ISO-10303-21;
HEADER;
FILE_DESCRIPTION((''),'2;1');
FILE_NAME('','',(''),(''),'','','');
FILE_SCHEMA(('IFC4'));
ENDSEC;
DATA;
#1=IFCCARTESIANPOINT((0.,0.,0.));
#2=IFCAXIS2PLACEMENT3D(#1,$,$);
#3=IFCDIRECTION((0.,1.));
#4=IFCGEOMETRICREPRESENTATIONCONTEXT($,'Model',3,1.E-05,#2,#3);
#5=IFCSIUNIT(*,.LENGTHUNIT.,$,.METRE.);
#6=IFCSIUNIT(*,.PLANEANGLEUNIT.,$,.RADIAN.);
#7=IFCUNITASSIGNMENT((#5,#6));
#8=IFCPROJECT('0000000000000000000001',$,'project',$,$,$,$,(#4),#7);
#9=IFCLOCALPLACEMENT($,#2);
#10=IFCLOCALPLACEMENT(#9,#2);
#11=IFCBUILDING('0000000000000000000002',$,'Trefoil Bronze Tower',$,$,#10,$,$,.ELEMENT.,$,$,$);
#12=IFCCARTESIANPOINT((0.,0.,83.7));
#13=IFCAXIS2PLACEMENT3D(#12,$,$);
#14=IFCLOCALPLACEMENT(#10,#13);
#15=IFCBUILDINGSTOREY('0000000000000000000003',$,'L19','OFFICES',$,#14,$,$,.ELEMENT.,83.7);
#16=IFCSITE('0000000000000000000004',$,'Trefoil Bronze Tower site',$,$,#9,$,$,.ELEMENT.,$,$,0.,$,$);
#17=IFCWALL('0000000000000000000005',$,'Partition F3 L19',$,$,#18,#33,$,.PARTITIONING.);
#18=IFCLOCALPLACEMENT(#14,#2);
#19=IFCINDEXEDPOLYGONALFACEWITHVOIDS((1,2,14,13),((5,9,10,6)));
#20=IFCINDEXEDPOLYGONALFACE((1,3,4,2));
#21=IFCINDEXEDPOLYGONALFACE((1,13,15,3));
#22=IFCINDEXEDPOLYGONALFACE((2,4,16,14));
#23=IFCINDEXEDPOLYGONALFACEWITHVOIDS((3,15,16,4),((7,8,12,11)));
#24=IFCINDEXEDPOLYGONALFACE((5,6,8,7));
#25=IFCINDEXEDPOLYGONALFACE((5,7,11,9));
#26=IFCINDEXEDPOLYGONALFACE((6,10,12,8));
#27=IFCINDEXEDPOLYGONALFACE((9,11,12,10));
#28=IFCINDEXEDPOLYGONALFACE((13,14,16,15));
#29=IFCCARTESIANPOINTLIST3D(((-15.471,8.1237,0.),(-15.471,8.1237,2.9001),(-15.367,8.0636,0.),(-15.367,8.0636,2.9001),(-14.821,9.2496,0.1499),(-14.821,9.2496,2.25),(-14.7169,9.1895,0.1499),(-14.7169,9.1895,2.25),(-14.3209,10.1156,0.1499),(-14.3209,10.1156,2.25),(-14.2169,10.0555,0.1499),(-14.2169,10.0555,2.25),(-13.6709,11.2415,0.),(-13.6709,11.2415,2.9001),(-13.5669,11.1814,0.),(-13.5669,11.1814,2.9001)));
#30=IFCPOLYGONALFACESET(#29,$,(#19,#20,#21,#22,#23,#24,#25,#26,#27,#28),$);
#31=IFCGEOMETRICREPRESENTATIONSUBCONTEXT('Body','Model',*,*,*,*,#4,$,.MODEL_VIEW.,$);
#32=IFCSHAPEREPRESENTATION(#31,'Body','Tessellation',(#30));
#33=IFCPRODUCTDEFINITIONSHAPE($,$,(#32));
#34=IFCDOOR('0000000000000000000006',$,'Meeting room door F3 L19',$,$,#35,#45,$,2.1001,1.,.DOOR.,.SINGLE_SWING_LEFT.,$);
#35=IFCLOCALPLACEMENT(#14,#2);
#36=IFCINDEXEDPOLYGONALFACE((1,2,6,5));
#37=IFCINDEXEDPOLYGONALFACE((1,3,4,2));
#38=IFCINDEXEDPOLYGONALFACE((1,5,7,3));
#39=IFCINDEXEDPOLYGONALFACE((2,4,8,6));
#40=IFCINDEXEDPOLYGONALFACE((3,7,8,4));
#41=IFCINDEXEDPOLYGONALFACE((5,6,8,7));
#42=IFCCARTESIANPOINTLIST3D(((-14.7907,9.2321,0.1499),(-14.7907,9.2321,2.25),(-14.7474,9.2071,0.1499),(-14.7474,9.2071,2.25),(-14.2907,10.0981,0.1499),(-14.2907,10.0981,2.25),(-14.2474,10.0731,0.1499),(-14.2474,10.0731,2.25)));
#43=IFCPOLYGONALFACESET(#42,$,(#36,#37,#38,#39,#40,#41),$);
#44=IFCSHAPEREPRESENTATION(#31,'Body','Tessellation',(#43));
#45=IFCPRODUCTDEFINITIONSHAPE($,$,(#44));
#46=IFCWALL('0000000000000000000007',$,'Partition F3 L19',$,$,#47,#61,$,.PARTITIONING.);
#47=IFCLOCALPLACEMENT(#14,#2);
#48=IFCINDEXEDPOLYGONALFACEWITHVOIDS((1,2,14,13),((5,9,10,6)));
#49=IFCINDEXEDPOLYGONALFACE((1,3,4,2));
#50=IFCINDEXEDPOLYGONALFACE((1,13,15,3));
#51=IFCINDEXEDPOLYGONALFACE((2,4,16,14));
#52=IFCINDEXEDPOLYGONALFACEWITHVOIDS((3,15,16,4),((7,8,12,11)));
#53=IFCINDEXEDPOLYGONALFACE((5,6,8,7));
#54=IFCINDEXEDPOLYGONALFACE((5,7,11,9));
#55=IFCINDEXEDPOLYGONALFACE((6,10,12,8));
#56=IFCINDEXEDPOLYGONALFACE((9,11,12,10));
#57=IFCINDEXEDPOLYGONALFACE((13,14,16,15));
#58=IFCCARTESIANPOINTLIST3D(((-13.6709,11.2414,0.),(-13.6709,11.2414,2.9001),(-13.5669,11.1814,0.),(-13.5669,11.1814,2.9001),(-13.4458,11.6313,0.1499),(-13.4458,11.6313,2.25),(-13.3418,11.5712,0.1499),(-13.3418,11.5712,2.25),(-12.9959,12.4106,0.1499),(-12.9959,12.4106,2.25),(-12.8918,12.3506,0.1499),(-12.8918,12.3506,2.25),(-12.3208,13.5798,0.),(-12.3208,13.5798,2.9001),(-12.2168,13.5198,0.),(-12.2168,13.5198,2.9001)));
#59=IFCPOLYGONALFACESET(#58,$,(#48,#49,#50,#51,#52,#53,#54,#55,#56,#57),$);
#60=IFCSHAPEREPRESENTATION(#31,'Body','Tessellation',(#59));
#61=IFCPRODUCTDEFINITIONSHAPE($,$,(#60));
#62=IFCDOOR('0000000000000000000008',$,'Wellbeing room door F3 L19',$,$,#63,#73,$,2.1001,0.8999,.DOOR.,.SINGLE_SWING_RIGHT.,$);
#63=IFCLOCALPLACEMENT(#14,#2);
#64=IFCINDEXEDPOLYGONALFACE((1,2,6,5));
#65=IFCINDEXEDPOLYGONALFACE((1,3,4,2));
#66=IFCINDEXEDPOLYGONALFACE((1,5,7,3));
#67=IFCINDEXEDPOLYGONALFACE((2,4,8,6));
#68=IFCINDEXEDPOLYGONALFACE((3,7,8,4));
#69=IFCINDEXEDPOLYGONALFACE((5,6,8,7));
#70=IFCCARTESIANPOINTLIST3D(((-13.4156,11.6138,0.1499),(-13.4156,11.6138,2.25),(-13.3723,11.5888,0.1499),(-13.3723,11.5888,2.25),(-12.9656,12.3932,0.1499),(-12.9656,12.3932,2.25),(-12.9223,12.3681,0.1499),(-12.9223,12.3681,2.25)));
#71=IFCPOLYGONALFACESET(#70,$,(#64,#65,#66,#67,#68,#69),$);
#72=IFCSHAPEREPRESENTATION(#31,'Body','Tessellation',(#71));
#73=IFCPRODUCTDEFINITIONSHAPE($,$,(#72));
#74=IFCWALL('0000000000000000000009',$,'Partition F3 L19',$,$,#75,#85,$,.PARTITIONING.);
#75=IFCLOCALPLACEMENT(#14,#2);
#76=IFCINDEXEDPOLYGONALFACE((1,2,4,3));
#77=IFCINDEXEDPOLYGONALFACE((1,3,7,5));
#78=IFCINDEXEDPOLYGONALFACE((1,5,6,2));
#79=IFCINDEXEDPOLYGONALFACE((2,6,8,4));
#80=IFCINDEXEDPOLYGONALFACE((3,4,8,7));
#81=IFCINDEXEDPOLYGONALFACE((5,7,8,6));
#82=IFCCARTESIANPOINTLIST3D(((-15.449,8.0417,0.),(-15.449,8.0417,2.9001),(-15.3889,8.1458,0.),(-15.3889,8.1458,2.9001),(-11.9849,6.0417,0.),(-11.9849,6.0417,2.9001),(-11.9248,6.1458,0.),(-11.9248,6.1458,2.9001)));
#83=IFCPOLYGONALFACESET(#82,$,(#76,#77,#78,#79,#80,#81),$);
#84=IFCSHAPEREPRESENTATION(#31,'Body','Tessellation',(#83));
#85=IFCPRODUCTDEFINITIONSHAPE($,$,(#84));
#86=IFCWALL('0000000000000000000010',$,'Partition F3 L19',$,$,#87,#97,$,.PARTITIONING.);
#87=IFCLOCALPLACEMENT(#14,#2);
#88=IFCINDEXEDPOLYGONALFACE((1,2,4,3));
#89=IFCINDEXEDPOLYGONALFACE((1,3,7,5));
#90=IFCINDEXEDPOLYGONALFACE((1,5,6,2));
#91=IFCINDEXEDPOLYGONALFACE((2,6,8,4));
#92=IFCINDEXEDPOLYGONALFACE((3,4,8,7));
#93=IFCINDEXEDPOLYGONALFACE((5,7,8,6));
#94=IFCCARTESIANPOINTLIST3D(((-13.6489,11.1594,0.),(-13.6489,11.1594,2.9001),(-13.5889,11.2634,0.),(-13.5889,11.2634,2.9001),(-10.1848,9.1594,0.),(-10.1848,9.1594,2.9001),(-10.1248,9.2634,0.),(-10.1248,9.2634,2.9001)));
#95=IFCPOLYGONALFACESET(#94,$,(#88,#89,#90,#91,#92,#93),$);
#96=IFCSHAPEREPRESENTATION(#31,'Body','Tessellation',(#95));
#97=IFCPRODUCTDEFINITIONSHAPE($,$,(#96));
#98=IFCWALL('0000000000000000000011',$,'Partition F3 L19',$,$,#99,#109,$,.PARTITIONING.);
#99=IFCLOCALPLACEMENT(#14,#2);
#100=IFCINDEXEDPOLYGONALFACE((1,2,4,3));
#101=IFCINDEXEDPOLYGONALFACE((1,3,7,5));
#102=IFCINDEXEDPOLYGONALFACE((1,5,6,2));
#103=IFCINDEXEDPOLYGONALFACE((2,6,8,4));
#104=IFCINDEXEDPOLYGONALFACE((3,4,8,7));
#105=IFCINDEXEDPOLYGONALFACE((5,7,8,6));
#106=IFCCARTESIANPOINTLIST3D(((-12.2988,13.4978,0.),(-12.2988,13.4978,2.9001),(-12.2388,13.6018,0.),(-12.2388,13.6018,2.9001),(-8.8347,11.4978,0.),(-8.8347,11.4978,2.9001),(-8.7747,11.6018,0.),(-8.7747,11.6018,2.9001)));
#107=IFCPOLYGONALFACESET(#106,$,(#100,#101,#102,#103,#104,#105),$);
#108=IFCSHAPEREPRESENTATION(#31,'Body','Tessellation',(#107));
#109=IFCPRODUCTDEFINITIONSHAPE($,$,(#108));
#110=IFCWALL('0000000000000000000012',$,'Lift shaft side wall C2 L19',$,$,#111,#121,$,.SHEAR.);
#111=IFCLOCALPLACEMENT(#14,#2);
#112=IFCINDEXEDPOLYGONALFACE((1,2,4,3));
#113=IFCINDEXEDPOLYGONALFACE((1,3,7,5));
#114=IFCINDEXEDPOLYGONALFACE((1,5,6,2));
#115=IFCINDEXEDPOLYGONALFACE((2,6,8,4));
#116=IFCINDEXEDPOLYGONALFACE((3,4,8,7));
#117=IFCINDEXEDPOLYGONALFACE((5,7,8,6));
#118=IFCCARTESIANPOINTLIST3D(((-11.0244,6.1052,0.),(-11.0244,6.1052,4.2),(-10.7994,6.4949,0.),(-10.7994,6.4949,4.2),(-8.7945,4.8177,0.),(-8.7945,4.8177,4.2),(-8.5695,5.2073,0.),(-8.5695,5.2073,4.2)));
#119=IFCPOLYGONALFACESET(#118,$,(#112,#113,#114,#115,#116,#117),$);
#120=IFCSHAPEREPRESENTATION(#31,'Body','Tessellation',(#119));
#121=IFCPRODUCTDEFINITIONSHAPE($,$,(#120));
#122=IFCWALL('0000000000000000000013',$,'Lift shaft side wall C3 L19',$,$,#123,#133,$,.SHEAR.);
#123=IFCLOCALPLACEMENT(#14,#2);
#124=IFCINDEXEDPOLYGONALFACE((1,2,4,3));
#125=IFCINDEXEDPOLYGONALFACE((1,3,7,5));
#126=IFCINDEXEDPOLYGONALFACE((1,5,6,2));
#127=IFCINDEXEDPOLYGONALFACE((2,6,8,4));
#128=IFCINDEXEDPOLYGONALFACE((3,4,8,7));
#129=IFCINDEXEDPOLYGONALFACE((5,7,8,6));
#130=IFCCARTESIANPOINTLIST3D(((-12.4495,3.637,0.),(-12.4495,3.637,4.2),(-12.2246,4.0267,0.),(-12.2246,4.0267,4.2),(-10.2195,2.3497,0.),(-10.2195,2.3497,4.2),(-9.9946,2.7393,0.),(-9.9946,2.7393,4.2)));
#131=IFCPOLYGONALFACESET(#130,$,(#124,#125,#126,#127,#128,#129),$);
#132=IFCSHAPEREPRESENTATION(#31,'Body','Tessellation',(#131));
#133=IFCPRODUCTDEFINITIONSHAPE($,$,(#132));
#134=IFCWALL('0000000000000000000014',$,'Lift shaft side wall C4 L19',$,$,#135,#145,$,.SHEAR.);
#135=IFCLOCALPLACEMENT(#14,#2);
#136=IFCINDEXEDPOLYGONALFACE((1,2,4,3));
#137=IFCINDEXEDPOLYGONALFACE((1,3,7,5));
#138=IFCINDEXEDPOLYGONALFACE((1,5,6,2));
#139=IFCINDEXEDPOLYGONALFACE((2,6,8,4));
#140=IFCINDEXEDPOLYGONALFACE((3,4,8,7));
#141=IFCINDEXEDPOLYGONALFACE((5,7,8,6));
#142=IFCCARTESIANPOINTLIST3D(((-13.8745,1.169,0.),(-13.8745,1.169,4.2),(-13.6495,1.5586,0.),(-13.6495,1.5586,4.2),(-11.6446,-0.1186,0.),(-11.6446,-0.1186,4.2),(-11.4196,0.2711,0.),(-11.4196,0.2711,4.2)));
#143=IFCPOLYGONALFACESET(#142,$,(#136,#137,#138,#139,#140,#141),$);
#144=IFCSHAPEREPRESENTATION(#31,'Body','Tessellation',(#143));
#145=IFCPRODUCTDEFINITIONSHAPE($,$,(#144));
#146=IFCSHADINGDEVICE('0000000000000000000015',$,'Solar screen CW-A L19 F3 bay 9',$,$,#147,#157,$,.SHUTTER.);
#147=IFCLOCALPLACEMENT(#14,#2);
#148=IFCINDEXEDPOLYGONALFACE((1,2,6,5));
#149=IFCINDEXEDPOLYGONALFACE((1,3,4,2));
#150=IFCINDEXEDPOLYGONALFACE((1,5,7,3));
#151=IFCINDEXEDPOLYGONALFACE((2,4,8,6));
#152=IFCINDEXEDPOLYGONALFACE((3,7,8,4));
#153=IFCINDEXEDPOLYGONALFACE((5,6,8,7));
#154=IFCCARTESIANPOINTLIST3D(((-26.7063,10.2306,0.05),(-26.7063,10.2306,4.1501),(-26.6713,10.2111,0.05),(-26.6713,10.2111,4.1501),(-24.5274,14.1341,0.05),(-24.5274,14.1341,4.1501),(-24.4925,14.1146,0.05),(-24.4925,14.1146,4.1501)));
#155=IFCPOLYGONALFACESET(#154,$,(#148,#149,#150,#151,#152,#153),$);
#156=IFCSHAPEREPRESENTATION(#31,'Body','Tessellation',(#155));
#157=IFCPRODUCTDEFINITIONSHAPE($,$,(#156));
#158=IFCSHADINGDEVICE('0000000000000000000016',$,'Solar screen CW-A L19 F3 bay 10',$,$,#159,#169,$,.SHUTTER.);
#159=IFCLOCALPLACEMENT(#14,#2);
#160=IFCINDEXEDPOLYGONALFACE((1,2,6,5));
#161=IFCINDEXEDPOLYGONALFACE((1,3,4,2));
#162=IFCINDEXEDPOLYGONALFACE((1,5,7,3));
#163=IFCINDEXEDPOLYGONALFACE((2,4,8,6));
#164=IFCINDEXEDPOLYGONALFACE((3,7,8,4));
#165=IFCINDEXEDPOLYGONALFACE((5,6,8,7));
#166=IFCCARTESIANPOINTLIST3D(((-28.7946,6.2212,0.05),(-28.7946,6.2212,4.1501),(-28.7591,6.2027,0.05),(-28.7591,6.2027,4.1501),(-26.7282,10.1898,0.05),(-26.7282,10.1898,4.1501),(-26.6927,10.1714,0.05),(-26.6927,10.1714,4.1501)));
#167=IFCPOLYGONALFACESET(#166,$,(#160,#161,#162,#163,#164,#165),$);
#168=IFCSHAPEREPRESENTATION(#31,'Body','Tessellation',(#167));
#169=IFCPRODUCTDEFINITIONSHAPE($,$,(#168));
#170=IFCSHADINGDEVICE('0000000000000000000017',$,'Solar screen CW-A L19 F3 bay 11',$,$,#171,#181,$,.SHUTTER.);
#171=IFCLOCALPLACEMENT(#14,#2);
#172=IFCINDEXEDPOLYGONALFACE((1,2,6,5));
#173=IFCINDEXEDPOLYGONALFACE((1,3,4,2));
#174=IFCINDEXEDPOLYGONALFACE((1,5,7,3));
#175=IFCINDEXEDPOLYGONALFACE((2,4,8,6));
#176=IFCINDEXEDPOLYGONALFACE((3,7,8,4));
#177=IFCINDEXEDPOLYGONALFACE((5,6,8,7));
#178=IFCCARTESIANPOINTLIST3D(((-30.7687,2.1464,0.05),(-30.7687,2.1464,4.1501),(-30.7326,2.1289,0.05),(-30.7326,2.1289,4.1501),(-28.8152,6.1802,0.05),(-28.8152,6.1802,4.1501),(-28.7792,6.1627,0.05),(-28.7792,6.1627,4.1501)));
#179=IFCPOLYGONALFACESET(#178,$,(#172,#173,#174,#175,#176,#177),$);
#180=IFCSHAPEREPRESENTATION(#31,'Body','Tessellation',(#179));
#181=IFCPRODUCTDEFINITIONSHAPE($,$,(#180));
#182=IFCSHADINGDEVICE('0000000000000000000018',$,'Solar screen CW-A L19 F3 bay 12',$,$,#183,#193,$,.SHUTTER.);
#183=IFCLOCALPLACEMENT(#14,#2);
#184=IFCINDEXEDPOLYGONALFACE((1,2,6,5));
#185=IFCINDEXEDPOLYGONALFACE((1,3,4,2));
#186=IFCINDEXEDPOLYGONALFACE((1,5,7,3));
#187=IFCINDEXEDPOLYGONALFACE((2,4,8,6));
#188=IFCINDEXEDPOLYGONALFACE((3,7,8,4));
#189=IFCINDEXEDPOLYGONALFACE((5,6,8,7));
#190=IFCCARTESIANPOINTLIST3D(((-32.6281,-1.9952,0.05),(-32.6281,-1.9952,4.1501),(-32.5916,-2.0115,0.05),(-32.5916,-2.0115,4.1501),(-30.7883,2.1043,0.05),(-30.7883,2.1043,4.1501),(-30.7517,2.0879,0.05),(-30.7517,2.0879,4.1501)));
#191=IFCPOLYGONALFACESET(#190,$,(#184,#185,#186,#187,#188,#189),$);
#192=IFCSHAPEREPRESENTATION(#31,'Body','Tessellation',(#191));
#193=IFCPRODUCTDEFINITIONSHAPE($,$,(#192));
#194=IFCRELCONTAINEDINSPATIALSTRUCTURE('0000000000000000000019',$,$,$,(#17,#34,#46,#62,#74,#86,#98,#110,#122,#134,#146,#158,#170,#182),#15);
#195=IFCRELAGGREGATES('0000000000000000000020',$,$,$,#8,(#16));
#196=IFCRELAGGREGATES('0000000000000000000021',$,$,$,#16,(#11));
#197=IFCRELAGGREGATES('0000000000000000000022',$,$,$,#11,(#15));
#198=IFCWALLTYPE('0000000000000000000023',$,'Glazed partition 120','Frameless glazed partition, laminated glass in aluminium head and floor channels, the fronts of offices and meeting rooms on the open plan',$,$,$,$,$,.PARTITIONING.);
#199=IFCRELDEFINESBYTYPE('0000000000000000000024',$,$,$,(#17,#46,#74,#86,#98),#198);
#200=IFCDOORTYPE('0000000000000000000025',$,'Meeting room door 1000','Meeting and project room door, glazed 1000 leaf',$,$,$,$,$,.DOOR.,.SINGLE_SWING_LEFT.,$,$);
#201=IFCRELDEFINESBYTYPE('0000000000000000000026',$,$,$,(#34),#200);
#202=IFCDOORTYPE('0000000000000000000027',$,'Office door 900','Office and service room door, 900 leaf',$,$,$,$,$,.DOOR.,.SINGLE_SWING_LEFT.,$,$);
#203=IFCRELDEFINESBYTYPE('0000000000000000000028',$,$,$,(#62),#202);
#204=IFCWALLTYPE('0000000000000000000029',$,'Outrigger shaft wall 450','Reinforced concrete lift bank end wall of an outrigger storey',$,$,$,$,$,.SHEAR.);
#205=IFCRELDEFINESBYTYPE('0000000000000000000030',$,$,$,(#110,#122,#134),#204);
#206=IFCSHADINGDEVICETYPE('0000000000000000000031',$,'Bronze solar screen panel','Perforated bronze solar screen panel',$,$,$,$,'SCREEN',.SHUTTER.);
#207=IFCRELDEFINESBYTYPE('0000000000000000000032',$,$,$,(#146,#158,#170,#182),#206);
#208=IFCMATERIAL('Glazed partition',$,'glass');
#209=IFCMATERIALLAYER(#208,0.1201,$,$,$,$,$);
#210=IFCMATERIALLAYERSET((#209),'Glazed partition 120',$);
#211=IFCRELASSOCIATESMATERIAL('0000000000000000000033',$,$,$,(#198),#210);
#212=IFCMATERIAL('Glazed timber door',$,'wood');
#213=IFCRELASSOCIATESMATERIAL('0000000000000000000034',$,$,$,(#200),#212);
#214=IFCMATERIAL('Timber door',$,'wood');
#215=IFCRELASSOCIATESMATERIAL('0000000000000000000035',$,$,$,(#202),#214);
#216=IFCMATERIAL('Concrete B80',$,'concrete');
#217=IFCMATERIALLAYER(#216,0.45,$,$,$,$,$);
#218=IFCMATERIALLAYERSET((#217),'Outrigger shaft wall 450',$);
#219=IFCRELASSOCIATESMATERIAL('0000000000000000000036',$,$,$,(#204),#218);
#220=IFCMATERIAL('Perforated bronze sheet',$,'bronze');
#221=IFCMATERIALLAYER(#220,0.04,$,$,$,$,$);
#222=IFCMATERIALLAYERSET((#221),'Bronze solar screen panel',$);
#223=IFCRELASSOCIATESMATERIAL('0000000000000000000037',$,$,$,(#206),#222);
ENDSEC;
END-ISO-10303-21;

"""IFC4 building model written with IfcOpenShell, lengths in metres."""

from ifc_helpers import new_model, si_unit, direction, frame, frame_2d, origin, origin_2d, place, context, subcontext, project, spatial, rectangle, extrude, material, layer, layer_set, type_object, element, fill, save


model = new_model("IFC4")

# Units and contexts
model_context = context("Model", 3, precision=1e-05, world=origin(), true_north=direction((0.0, 1.0)))
body_context = subcontext(model_context, "Body", "Model", "MODEL_VIEW")
ifc_project = project(units=[si_unit("LENGTHUNIT", "METRE"), si_unit("PLANEANGLEUNIT", "RADIAN")], contexts=[model_context])

# Site, building, storey
site_placement = place(None, origin())
site = spatial("IfcSite", under=ifc_project, at=site_placement, Name="Trefoil Bronze Tower site", CompositionType="ELEMENT", RefElevation=0.0)
building_placement = place(site_placement, origin())
building = spatial("IfcBuilding", under=site, at=building_placement, Name="Trefoil Bronze Tower", CompositionType="ELEMENT")
storey_placement = place(building_placement, frame((0.0, 0.0, 83.7)))
storey = spatial("IfcBuildingStorey", under=building, at=storey_placement, Name="L19", Description="OFFICES", CompositionType="ELEMENT", Elevation=83.7)

# Walls, openings, doors
ifc_material_1 = material(Name="Glazed partition", Category="glass")
ifc_layer_1 = layer(ifc_material_1, 0.1201)
ifc_layer_set_1 = layer_set([ifc_layer_1], Name="Glazed partition 120")
wall_type_1 = type_object("IfcWallType", Name="Glazed partition 120", Description="Frameless glazed partition, laminated glass in aluminium head and floor channels, the fronts of offices and meeting rooms on the open plan", PredefinedType="PARTITIONING", material=ifc_layer_set_1)
wall_1_placement = place(storey_placement, frame((-13.6189, 11.2114, 0.0), z_axis=(0.0, 0.0, 1.0), x_axis=(-0.500012, -0.866018, 0.0)))
wall_1 = element("IfcWall", 1, at=wall_1_placement, inside=storey, type_object=wall_type_1, Name="Partition F3 L19", PredefinedType="PARTITIONING", context=body_context, shape_type="SweptSolid", body=[
    extrude(rectangle(XDim=3.6001, YDim=0.1201, at=frame_2d((1.8, 0.0))), origin(), (0.0, 0.0, 1.0), 2.9001),
])
opening_1_placement = place(wall_1_placement, frame((1.3, 0.0, 0.1499)))
opening_1 = element("IfcOpeningElement", 2, at=opening_1_placement, cuts=wall_1, PredefinedType="OPENING", context=body_context, shape_type="SweptSolid", body=[
    extrude(rectangle(XDim=1.0, YDim=2.1001, at=frame_2d((0.5, 1.05))), frame((0.0, 0.0701, 0.0), z_axis=(0.0, -1.0, 0.0), x_axis=(1.0, 0.0, 0.0)), (0.0, 0.0, 1.0), 0.1401),
])
ifc_material_2 = material(Name="Glazed timber door", Category="wood")
door_type_1 = type_object("IfcDoorType", Name="Meeting room door 1000", Description="Meeting and project room door, glazed 1000 leaf", OperationType="SINGLE_SWING_LEFT", PredefinedType="DOOR", material=ifc_material_2)
door_1_placement = place(opening_1_placement, origin())
door_1 = element("IfcDoor", 3, at=door_1_placement, inside=storey, type_object=door_type_1, Name="Meeting room door F3 L19", OperationType="SINGLE_SWING_LEFT", OverallHeight=2.1001, OverallWidth=1.0, PredefinedType="DOOR", context=body_context, shape_type="SweptSolid", body=[
    extrude(rectangle(XDim=1.0, YDim=2.1001, at=frame_2d((0.5, 1.05))), frame((0.0, 0.0249, 0.0), z_axis=(0.0, -1.0, 0.0), x_axis=(1.0, 0.0, 0.0)), (0.0, 0.0, 1.0), 0.05),
])
fill(opening_1, door_1)
wall_2_placement = place(storey_placement, frame((-12.2688, 13.5498, 0.0), z_axis=(0.0, 0.0, 1.0), x_axis=(-0.500009, -0.86602, 0.0)))
wall_2 = element("IfcWall", 4, at=wall_2_placement, inside=storey, type_object=wall_type_1, Name="Partition F3 L19", PredefinedType="PARTITIONING", context=body_context, shape_type="SweptSolid", body=[
    extrude(rectangle(XDim=2.7002, YDim=0.1201, at=frame_2d((1.3501, 0.0))), origin(), (0.0, 0.0, 1.0), 2.9001),
])
opening_2_placement = place(wall_2_placement, frame((1.3501, 0.0, 0.1499)))
opening_2 = element("IfcOpeningElement", 5, at=opening_2_placement, cuts=wall_2, PredefinedType="OPENING", context=body_context, shape_type="SweptSolid", body=[
    extrude(rectangle(XDim=0.8999, YDim=2.1001, at=frame_2d((0.45, 1.05))), frame((0.0, 0.0701, 0.0), z_axis=(0.0, -1.0, 0.0), x_axis=(1.0, 0.0, 0.0)), (0.0, 0.0, 1.0), 0.1401),
])
ifc_material_3 = material(Name="Timber door", Category="wood")
door_type_2 = type_object("IfcDoorType", Name="Office door 900", Description="Office and service room door, 900 leaf", OperationType="SINGLE_SWING_LEFT", PredefinedType="DOOR", material=ifc_material_3)
door_2_placement = place(opening_2_placement, origin())
door_2 = element("IfcDoor", 6, at=door_2_placement, inside=storey, type_object=door_type_2, Name="Wellbeing room door F3 L19", OperationType="SINGLE_SWING_RIGHT", OverallHeight=2.1001, OverallWidth=0.8999, PredefinedType="DOOR", context=body_context, shape_type="SweptSolid", body=[
    extrude(rectangle(XDim=0.8999, YDim=2.1001, at=frame_2d((0.45, 1.05))), frame((0.0, 0.0249, 0.0), z_axis=(0.0, -1.0, 0.0), x_axis=(1.0, 0.0, 0.0)), (0.0, 0.0, 1.0), 0.05),
])
fill(opening_2, door_2)

# Walls
for number, where, z_axis, x_axis, name in (
    (7, (-11.9548, 6.0938, 0.0), (0.0, 0.0, 1.0), (-0.866026, 0.499999, 0.0), "Partition F3 L19"),
    (8, (-10.1548, 9.2114, 0.0), (0.0, 0.0, 1.0), (-0.866026, 0.499999, 0.0), "Partition F3 L19"),
    (9, (-8.8047, 11.5498, 0.0), (0.0, 0.0, 1.0), (-0.866026, 0.499999, 0.0), "Partition F3 L19"),
):
    element("IfcWall", number, at=place(storey_placement, frame(where, z_axis=z_axis, x_axis=x_axis)), inside=storey, type_object=wall_type_1, Name=name, PredefinedType="PARTITIONING", context=body_context, shape_type="SweptSolid", body=[
        extrude(rectangle(XDim=4.0, YDim=0.1201, at=frame_2d((2.0, 0.0))), origin(), (0.0, 0.0, 1.0), 2.9001),
    ])
ifc_material_4 = material(Name="Concrete B80", Category="concrete")
ifc_layer_2 = layer(ifc_material_4, 0.45)
ifc_layer_set_2 = layer_set([ifc_layer_2], Name="Outrigger shaft wall 450")
wall_type_2 = type_object("IfcWallType", Name="Outrigger shaft wall 450", Description="Reinforced concrete lift bank end wall of an outrigger storey", PredefinedType="SHEAR", material=ifc_layer_set_2)
for number, where, z_axis, x_axis, name in (
    (10, (-8.6819, 5.0125, 0.0), (0.0, 0.0, 1.0), (-0.866006, 0.500034, 0.0), "Lift shaft side wall C2 L19"),
    (11, (-10.1069, 2.5444, 0.0), (0.0, 0.0, 1.0), (-0.866047, 0.499963, 0.0), "Lift shaft side wall C3 L19"),
    (12, (-11.532, 0.0762, 0.0), (0.0, 0.0, 1.0), (-0.866006, 0.500034, 0.0), "Lift shaft side wall C4 L19"),
):
    element("IfcWall", number, at=place(storey_placement, frame(where, z_axis=z_axis, x_axis=x_axis)), inside=storey, type_object=wall_type_2, Name=name, PredefinedType="SHEAR", context=body_context, shape_type="SweptSolid", body=[
        extrude(rectangle(XDim=2.575, YDim=0.45, at=frame_2d((1.2876, 0.0))), origin(), (0.0, 0.0, 1.0), 4.2),
    ])

# Shading devices
ifc_material_5 = material(Name="Perforated bronze sheet", Category="bronze")
ifc_layer_3 = layer(ifc_material_5, 0.04)
ifc_layer_set_3 = layer_set([ifc_layer_3], Name="Bronze solar screen panel")
shading_device_type = type_object("IfcShadingDeviceType", Name="Bronze solar screen panel", Description="Perforated bronze solar screen panel", ElementType="SCREEN", PredefinedType="SHUTTER", material=ifc_layer_set_3)
shading_device_1_placement = place(storey_placement, frame((-25.5994, 12.1726, 0.05), z_axis=(0.0, 0.0, 1.0), x_axis=(-0.487382, -0.873189, 0.0)))
element("IfcShadingDevice", 13, at=shading_device_1_placement, inside=storey, type_object=shading_device_type, Name="Solar screen CW-A L19 F3 bay 9", PredefinedType="SHUTTER", context=body_context, shape_type="SweptSolid", body=[
    extrude(rectangle(XDim=4.4705, YDim=0.04, at=origin_2d()), origin(), (0.0, 0.0, 1.0), 4.1001),
])
shading_device_2_placement = place(storey_placement, frame((-27.7437, 8.1963, 0.05), z_axis=(0.0, 0.0, 1.0), x_axis=(-0.46183, -0.886969, 0.0)))
element("IfcShadingDevice", 14, at=shading_device_2_placement, inside=storey, type_object=shading_device_type, Name="Solar screen CW-A L19 F3 bay 10", PredefinedType="SHUTTER", context=body_context, shape_type="SweptSolid", body=[
    extrude(rectangle(XDim=4.4744, YDim=0.04, at=origin_2d()), origin(), (0.0, 0.0, 1.0), 4.1001),
])
shading_device_3_placement = place(storey_placement, frame((-29.7739, 4.1545, 0.05), z_axis=(0.0, 0.0, 1.0), x_axis=(-0.435855, -0.900017, 0.0)))
element("IfcShadingDevice", 15, at=shading_device_3_placement, inside=storey, type_object=shading_device_type, Name="Solar screen CW-A L19 F3 bay 11", PredefinedType="SHUTTER", context=body_context, shape_type="SweptSolid", body=[
    extrude(rectangle(XDim=4.4819, YDim=0.04, at=origin_2d()), origin(), (0.0, 0.0, 1.0), 4.1001),
])
shading_device_4_placement = place(storey_placement, frame((-31.6899, 0.0464, 0.05), z_axis=(0.0, 0.0, 1.0), x_axis=(-0.409456, -0.91233, 0.0)))
element("IfcShadingDevice", 16, at=shading_device_4_placement, inside=storey, type_object=shading_device_type, Name="Solar screen CW-A L19 F3 bay 12", PredefinedType="SHUTTER", context=body_context, shape_type="SweptSolid", body=[
    extrude(rectangle(XDim=4.4934, YDim=0.04, at=origin_2d()), origin(), (0.0, 0.0, 1.0), 4.1001),
])

save(model, "model.ifc")
